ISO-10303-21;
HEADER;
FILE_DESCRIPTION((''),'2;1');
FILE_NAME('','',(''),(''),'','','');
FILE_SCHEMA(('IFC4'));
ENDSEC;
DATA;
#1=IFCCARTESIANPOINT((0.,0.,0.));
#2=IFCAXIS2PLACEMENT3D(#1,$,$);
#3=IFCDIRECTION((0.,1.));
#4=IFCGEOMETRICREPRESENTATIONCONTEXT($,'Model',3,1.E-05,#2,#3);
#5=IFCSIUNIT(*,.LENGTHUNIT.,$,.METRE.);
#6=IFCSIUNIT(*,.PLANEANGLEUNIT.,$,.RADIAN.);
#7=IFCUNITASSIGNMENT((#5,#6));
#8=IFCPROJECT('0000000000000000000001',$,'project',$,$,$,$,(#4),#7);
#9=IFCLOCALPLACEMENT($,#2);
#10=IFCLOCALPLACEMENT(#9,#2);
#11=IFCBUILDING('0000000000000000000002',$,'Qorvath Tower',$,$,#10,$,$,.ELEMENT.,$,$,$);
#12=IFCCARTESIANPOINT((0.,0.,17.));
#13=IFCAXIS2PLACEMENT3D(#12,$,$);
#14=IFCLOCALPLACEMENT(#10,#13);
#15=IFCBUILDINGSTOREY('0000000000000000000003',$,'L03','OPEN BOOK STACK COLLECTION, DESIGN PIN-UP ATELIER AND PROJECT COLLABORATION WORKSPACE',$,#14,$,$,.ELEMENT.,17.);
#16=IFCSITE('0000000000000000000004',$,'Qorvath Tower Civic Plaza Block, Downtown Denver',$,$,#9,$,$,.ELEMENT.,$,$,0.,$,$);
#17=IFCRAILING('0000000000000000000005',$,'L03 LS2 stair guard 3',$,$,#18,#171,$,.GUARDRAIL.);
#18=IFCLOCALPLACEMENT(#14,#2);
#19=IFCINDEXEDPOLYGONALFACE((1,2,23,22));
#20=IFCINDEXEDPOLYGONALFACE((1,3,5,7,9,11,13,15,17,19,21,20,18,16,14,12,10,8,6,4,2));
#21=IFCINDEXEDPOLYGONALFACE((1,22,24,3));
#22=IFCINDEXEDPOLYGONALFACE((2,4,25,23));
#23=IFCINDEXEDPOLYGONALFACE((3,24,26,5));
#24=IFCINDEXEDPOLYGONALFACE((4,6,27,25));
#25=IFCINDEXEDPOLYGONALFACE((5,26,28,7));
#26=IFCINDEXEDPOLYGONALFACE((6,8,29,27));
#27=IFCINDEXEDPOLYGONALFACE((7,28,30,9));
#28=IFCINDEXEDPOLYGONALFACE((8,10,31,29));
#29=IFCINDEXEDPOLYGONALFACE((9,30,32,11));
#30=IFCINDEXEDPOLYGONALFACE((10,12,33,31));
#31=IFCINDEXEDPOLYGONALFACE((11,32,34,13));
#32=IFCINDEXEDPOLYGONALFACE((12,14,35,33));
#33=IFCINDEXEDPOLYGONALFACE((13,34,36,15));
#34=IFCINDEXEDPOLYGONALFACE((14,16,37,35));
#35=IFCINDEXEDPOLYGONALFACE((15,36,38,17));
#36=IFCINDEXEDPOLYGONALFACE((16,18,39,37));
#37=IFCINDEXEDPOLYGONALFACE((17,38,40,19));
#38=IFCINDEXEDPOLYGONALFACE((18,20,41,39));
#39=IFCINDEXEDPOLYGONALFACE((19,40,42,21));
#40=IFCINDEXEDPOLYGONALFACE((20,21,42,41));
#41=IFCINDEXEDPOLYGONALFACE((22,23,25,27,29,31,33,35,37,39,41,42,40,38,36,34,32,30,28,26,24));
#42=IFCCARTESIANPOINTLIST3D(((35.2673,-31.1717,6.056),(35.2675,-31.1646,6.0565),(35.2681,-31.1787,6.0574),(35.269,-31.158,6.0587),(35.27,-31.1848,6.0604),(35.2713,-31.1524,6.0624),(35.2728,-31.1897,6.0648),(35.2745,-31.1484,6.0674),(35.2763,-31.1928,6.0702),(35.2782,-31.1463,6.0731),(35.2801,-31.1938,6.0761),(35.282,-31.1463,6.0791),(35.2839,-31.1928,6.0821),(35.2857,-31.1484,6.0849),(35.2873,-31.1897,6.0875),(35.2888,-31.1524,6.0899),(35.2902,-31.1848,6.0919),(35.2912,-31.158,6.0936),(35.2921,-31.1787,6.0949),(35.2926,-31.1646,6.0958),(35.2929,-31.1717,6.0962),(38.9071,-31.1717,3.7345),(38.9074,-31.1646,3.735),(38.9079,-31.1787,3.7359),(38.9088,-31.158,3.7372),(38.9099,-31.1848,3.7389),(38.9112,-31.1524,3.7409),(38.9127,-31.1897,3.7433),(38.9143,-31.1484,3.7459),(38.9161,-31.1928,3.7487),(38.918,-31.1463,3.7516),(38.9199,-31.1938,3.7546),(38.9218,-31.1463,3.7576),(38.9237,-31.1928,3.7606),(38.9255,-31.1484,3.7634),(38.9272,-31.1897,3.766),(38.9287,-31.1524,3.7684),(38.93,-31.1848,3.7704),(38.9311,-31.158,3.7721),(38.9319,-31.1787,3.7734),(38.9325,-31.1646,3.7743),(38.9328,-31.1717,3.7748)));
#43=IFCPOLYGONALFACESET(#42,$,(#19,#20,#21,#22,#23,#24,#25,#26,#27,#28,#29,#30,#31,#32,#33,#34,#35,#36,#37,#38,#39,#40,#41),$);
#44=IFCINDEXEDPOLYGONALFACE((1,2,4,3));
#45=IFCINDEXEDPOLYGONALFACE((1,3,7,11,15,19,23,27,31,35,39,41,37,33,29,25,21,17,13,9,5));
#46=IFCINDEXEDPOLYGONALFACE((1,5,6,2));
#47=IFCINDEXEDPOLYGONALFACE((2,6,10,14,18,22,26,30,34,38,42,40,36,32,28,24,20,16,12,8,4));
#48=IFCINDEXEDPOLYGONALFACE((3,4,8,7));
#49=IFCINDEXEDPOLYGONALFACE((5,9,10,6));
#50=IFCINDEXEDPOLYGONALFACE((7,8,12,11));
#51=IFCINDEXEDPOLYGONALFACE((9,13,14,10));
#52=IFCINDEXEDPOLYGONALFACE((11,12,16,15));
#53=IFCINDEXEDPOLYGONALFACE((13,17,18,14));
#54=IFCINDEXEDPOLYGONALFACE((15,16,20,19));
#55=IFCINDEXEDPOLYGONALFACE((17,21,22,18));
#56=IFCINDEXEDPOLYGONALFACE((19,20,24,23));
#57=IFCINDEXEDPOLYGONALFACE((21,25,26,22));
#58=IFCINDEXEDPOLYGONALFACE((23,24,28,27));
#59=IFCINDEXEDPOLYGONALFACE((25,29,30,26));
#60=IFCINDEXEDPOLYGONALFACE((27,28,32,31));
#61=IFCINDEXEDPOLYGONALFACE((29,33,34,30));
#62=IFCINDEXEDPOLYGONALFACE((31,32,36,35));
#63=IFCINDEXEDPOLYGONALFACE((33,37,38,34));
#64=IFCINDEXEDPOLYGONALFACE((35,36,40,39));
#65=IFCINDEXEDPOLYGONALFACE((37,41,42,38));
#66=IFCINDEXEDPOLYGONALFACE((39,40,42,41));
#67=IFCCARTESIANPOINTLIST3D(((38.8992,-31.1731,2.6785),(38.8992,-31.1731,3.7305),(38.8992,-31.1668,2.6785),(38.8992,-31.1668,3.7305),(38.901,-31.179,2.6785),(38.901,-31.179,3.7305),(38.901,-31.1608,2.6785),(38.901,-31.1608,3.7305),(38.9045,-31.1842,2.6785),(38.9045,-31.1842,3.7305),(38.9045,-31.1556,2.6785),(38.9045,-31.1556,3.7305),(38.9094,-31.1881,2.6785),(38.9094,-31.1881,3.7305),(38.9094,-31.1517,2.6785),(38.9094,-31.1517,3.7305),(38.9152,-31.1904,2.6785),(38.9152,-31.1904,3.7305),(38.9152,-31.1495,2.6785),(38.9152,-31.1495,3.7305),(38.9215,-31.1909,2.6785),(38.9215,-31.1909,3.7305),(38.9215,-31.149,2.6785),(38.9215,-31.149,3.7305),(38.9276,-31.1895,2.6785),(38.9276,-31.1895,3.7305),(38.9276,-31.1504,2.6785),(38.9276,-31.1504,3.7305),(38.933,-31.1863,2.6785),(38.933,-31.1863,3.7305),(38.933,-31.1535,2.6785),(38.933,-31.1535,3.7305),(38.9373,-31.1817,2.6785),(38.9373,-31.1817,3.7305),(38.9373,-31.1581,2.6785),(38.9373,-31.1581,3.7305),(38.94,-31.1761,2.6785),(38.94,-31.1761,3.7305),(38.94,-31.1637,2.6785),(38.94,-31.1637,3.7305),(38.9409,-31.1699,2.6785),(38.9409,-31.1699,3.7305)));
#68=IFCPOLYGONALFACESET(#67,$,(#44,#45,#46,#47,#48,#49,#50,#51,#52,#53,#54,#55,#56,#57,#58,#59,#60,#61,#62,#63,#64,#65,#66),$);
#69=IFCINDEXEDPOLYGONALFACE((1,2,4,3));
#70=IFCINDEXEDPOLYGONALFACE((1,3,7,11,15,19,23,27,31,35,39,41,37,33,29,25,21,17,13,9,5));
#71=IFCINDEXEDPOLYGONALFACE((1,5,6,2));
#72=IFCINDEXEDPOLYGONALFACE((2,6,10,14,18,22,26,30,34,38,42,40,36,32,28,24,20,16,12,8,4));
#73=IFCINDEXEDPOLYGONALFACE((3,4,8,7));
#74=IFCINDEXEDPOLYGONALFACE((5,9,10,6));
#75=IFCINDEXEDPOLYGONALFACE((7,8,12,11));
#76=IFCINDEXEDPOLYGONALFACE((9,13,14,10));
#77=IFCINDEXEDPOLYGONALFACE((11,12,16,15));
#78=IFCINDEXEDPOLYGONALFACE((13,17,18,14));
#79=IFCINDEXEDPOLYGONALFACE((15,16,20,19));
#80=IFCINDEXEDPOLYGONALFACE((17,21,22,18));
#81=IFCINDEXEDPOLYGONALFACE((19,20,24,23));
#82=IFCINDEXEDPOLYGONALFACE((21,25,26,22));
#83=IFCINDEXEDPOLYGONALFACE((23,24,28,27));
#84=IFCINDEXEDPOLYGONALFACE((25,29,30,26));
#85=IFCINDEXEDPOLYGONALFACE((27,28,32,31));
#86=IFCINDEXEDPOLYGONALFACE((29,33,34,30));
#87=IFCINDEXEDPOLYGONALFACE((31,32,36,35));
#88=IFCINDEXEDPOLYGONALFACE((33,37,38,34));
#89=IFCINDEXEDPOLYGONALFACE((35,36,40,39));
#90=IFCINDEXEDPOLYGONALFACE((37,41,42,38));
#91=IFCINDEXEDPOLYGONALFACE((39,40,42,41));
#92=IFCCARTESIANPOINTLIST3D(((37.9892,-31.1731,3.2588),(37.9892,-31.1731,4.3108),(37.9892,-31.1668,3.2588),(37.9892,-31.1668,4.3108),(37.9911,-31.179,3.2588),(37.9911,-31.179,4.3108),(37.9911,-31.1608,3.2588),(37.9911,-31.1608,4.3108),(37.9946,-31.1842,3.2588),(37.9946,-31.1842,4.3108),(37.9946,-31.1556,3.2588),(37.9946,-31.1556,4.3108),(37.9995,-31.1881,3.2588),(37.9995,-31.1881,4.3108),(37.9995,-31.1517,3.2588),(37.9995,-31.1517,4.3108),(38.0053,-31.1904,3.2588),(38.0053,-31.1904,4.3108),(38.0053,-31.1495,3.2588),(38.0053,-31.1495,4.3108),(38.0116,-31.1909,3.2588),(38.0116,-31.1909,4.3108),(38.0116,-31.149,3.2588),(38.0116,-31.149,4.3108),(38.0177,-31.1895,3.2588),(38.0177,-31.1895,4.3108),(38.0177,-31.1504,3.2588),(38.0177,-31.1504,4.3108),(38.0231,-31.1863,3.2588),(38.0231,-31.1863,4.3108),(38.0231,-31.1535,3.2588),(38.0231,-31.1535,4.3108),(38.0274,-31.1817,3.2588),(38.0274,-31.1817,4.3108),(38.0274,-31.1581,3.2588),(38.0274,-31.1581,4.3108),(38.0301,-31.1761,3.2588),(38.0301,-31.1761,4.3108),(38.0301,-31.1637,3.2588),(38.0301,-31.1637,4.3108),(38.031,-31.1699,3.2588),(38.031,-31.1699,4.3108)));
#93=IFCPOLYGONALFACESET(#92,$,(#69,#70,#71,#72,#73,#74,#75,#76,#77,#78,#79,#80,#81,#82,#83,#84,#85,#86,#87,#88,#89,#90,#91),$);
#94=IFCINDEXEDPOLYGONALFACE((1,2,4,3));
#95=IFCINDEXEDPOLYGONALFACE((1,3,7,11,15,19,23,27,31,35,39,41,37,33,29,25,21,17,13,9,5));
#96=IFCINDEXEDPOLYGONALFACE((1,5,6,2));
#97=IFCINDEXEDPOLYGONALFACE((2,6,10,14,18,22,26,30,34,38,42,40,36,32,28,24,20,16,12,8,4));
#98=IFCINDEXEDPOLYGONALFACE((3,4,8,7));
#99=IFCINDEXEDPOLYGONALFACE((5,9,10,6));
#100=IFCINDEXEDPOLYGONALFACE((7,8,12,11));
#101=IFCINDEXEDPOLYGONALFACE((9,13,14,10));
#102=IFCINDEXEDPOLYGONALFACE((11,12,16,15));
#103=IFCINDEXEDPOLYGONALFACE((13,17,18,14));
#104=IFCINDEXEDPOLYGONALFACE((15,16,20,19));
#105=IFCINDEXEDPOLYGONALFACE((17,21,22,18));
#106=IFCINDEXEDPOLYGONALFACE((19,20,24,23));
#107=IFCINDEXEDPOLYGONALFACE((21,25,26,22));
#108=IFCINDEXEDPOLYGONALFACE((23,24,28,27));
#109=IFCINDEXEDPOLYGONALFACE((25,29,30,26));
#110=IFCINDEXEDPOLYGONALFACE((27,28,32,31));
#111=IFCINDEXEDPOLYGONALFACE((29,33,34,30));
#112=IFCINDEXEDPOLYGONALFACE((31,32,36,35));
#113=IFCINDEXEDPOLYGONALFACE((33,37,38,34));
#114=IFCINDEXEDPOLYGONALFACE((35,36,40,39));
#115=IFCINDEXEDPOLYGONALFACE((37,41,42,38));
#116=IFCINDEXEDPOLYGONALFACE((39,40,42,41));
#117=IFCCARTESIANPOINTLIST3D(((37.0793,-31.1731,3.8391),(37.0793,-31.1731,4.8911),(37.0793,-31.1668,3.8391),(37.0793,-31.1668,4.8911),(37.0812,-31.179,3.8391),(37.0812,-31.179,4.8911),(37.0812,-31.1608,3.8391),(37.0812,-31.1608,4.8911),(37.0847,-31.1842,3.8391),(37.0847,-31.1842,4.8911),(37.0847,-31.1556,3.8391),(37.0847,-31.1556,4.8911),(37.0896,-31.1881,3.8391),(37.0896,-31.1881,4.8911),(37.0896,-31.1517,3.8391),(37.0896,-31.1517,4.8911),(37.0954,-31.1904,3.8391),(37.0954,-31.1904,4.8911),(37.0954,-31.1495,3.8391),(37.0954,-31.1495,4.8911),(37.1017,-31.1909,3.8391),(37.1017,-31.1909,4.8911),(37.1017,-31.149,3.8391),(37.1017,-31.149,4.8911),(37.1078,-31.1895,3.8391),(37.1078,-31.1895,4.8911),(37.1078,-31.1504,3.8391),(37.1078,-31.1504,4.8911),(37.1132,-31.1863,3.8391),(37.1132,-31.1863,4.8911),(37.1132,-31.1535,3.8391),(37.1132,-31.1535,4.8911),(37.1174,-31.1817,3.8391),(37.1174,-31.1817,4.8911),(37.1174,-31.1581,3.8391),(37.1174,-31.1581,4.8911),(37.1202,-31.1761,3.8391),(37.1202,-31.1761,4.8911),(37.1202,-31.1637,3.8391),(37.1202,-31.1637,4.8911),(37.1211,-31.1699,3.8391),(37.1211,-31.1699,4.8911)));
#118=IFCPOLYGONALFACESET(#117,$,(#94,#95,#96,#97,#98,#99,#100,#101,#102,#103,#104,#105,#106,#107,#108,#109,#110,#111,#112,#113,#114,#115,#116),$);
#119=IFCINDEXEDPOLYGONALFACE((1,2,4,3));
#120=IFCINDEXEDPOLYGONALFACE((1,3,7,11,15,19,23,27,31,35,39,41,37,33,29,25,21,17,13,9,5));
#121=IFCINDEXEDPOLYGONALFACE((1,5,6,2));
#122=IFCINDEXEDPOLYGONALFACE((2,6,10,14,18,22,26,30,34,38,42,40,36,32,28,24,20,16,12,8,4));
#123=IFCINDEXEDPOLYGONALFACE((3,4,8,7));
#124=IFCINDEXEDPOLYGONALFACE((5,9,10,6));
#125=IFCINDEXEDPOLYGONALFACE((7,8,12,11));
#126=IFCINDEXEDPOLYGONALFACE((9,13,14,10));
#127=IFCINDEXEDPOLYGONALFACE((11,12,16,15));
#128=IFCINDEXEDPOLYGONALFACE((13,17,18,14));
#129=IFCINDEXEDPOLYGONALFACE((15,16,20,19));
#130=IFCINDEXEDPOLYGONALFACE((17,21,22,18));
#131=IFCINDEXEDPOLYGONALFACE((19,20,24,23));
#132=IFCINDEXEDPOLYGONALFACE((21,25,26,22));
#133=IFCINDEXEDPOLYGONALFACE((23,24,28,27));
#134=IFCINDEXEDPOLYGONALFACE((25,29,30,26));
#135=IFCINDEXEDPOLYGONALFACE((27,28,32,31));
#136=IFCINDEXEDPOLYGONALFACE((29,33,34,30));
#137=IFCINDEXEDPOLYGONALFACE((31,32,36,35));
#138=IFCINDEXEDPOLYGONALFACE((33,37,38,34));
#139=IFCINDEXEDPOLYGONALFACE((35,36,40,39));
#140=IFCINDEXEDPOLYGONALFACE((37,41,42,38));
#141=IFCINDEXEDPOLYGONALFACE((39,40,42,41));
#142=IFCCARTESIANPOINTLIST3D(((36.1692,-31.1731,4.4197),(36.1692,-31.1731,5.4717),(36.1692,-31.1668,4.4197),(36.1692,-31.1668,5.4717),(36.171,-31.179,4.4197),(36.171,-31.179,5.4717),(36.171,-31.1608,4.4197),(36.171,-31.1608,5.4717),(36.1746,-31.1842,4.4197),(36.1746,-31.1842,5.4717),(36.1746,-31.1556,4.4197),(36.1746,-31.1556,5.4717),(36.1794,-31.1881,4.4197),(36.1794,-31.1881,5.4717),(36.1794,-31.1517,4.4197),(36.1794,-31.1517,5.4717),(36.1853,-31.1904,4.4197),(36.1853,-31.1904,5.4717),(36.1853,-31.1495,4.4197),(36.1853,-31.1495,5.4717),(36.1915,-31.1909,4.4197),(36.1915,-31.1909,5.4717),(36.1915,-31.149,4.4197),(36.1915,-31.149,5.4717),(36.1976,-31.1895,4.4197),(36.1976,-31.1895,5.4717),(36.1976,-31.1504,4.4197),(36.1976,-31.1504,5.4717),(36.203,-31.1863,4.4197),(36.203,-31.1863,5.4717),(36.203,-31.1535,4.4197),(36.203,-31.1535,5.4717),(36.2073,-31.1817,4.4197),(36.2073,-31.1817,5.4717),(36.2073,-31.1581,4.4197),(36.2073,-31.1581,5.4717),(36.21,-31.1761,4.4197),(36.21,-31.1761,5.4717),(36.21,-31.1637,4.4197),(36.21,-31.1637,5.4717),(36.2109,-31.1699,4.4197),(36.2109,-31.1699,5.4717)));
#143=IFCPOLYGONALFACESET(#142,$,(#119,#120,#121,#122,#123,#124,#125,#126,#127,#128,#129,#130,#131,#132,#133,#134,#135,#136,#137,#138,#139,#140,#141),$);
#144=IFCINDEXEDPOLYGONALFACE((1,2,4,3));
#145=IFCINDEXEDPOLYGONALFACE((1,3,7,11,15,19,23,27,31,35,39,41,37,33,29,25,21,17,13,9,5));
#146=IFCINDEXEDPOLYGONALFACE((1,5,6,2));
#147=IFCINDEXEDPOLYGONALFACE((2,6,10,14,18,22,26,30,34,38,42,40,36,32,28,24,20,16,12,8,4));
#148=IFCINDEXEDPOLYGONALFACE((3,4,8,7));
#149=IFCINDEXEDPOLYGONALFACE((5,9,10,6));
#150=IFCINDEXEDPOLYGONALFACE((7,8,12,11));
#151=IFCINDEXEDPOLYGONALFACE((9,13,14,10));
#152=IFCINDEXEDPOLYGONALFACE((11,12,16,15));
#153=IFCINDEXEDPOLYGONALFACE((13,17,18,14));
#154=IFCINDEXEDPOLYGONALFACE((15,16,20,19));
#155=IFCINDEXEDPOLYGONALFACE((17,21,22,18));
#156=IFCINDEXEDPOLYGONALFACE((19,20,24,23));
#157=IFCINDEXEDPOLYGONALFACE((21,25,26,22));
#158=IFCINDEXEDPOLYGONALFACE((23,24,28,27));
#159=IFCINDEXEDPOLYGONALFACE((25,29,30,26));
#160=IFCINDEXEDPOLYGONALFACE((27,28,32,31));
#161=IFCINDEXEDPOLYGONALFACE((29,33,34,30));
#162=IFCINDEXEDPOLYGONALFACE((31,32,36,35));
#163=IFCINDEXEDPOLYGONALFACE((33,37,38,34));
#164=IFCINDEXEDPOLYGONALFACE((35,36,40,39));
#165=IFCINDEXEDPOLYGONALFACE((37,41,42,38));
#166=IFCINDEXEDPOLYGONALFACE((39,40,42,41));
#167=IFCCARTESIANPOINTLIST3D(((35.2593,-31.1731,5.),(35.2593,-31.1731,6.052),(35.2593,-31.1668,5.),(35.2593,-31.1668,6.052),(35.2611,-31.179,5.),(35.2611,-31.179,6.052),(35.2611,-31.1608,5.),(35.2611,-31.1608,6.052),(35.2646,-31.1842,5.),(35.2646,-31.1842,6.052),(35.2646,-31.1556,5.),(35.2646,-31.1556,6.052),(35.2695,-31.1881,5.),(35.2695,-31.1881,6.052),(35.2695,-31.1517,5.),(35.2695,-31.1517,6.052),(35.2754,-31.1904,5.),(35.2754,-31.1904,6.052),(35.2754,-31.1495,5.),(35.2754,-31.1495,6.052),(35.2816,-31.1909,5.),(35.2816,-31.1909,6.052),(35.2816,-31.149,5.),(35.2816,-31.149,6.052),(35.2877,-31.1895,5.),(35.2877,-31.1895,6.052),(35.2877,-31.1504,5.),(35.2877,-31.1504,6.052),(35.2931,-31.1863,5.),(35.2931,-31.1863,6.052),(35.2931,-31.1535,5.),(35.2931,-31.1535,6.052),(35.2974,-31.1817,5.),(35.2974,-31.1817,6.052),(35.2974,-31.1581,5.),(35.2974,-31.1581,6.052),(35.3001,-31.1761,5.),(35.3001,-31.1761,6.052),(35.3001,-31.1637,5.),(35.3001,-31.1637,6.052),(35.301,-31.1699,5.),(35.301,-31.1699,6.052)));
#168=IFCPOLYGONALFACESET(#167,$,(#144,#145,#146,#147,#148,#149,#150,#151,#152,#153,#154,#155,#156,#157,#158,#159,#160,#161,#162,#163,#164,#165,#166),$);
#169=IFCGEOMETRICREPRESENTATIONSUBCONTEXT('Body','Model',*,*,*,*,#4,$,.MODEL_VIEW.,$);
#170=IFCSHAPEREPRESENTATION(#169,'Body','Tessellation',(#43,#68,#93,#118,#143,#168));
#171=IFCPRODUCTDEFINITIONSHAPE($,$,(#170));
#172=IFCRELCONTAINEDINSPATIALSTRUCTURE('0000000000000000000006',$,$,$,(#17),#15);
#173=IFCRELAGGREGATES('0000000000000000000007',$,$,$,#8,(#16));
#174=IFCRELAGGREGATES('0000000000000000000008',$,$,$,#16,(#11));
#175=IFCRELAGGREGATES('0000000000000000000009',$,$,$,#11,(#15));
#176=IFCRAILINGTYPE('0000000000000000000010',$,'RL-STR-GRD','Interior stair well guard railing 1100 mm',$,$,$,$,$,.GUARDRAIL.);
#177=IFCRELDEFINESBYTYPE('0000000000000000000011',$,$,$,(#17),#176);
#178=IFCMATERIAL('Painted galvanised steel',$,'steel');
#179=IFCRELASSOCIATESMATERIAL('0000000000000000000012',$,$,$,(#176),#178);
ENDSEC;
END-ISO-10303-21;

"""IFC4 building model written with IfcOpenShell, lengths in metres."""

from ifc_helpers import new_model, si_unit, direction, frame, origin, origin_2d, place, context, subcontext, project, spatial, circle, extrude, material, type_object, element, save


model = new_model("IFC4")

# Units and contexts
model_context = context("Model", 3, precision=1e-05, world=origin(), true_north=direction((0.0, 1.0)))
body_context = subcontext(model_context, "Body", "Model", "MODEL_VIEW")
ifc_project = project(units=[si_unit("LENGTHUNIT", "METRE"), si_unit("PLANEANGLEUNIT", "RADIAN")], contexts=[model_context])

# Site, building, storey
site_placement = place(None, origin())
site = spatial("IfcSite", under=ifc_project, at=site_placement, Name="Qorvath Tower Civic Plaza Block, Downtown Denver", CompositionType="ELEMENT", RefElevation=0.0)
building_placement = place(site_placement, origin())
building = spatial("IfcBuilding", under=site, at=building_placement, Name="Qorvath Tower", CompositionType="ELEMENT")
storey_placement = place(building_placement, frame((0.0, 0.0, 17.0)))
storey = spatial("IfcBuildingStorey", under=building, at=storey_placement, Name="L03", Description="OPEN BOOK STACK COLLECTION, DESIGN PIN-UP ATELIER AND PROJECT COLLABORATION WORKSPACE", CompositionType="ELEMENT", Elevation=17.0)

# Railing
ifc_material_1 = material(Name="Painted galvanised steel", Category="steel")
railing_type_1 = type_object("IfcRailingType", Name="RL-STR-GRD", Description="Interior stair well guard railing 1100 mm", PredefinedType="GUARDRAIL", material=ifc_material_1)
railing_1_placement = place(storey_placement, frame((38.9199, -31.1699, 2.6785)))
element("IfcRailing", 1, at=railing_1_placement, inside=storey, type_object=railing_type_1, Name="L03 LS2 stair guard 3", PredefinedType="GUARDRAIL", context=body_context, shape_type="SweptSolid", body=[
    extrude(circle(Radius=0.0239, at=origin_2d()), frame((0.0, 0.0, 1.0762), z_axis=(-0.843112, 0.0, 0.537739), x_axis=(0.0, -1.0, 0.0)), (0.0, 0.0, 1.0), 4.3171),
    extrude(circle(Radius=0.021, at=origin_2d()), origin(), (0.0, 0.0, 1.0), 1.052),
    extrude(circle(Radius=0.021, at=origin_2d()), frame((-0.9099, 0.0, 0.5803)), (0.0, 0.0, 1.0), 1.052),
    extrude(circle(Radius=0.021, at=origin_2d()), frame((-1.8198, 0.0, 1.1606)), (0.0, 0.0, 1.0), 1.052),
    extrude(circle(Radius=0.021, at=origin_2d()), frame((-2.73, 0.0, 1.7412)), (0.0, 0.0, 1.0), 1.052),
    extrude(circle(Radius=0.021, at=origin_2d()), frame((-3.6399, 0.0, 2.3215)), (0.0, 0.0, 1.0), 1.052),
])

save(model, "model.ifc")
